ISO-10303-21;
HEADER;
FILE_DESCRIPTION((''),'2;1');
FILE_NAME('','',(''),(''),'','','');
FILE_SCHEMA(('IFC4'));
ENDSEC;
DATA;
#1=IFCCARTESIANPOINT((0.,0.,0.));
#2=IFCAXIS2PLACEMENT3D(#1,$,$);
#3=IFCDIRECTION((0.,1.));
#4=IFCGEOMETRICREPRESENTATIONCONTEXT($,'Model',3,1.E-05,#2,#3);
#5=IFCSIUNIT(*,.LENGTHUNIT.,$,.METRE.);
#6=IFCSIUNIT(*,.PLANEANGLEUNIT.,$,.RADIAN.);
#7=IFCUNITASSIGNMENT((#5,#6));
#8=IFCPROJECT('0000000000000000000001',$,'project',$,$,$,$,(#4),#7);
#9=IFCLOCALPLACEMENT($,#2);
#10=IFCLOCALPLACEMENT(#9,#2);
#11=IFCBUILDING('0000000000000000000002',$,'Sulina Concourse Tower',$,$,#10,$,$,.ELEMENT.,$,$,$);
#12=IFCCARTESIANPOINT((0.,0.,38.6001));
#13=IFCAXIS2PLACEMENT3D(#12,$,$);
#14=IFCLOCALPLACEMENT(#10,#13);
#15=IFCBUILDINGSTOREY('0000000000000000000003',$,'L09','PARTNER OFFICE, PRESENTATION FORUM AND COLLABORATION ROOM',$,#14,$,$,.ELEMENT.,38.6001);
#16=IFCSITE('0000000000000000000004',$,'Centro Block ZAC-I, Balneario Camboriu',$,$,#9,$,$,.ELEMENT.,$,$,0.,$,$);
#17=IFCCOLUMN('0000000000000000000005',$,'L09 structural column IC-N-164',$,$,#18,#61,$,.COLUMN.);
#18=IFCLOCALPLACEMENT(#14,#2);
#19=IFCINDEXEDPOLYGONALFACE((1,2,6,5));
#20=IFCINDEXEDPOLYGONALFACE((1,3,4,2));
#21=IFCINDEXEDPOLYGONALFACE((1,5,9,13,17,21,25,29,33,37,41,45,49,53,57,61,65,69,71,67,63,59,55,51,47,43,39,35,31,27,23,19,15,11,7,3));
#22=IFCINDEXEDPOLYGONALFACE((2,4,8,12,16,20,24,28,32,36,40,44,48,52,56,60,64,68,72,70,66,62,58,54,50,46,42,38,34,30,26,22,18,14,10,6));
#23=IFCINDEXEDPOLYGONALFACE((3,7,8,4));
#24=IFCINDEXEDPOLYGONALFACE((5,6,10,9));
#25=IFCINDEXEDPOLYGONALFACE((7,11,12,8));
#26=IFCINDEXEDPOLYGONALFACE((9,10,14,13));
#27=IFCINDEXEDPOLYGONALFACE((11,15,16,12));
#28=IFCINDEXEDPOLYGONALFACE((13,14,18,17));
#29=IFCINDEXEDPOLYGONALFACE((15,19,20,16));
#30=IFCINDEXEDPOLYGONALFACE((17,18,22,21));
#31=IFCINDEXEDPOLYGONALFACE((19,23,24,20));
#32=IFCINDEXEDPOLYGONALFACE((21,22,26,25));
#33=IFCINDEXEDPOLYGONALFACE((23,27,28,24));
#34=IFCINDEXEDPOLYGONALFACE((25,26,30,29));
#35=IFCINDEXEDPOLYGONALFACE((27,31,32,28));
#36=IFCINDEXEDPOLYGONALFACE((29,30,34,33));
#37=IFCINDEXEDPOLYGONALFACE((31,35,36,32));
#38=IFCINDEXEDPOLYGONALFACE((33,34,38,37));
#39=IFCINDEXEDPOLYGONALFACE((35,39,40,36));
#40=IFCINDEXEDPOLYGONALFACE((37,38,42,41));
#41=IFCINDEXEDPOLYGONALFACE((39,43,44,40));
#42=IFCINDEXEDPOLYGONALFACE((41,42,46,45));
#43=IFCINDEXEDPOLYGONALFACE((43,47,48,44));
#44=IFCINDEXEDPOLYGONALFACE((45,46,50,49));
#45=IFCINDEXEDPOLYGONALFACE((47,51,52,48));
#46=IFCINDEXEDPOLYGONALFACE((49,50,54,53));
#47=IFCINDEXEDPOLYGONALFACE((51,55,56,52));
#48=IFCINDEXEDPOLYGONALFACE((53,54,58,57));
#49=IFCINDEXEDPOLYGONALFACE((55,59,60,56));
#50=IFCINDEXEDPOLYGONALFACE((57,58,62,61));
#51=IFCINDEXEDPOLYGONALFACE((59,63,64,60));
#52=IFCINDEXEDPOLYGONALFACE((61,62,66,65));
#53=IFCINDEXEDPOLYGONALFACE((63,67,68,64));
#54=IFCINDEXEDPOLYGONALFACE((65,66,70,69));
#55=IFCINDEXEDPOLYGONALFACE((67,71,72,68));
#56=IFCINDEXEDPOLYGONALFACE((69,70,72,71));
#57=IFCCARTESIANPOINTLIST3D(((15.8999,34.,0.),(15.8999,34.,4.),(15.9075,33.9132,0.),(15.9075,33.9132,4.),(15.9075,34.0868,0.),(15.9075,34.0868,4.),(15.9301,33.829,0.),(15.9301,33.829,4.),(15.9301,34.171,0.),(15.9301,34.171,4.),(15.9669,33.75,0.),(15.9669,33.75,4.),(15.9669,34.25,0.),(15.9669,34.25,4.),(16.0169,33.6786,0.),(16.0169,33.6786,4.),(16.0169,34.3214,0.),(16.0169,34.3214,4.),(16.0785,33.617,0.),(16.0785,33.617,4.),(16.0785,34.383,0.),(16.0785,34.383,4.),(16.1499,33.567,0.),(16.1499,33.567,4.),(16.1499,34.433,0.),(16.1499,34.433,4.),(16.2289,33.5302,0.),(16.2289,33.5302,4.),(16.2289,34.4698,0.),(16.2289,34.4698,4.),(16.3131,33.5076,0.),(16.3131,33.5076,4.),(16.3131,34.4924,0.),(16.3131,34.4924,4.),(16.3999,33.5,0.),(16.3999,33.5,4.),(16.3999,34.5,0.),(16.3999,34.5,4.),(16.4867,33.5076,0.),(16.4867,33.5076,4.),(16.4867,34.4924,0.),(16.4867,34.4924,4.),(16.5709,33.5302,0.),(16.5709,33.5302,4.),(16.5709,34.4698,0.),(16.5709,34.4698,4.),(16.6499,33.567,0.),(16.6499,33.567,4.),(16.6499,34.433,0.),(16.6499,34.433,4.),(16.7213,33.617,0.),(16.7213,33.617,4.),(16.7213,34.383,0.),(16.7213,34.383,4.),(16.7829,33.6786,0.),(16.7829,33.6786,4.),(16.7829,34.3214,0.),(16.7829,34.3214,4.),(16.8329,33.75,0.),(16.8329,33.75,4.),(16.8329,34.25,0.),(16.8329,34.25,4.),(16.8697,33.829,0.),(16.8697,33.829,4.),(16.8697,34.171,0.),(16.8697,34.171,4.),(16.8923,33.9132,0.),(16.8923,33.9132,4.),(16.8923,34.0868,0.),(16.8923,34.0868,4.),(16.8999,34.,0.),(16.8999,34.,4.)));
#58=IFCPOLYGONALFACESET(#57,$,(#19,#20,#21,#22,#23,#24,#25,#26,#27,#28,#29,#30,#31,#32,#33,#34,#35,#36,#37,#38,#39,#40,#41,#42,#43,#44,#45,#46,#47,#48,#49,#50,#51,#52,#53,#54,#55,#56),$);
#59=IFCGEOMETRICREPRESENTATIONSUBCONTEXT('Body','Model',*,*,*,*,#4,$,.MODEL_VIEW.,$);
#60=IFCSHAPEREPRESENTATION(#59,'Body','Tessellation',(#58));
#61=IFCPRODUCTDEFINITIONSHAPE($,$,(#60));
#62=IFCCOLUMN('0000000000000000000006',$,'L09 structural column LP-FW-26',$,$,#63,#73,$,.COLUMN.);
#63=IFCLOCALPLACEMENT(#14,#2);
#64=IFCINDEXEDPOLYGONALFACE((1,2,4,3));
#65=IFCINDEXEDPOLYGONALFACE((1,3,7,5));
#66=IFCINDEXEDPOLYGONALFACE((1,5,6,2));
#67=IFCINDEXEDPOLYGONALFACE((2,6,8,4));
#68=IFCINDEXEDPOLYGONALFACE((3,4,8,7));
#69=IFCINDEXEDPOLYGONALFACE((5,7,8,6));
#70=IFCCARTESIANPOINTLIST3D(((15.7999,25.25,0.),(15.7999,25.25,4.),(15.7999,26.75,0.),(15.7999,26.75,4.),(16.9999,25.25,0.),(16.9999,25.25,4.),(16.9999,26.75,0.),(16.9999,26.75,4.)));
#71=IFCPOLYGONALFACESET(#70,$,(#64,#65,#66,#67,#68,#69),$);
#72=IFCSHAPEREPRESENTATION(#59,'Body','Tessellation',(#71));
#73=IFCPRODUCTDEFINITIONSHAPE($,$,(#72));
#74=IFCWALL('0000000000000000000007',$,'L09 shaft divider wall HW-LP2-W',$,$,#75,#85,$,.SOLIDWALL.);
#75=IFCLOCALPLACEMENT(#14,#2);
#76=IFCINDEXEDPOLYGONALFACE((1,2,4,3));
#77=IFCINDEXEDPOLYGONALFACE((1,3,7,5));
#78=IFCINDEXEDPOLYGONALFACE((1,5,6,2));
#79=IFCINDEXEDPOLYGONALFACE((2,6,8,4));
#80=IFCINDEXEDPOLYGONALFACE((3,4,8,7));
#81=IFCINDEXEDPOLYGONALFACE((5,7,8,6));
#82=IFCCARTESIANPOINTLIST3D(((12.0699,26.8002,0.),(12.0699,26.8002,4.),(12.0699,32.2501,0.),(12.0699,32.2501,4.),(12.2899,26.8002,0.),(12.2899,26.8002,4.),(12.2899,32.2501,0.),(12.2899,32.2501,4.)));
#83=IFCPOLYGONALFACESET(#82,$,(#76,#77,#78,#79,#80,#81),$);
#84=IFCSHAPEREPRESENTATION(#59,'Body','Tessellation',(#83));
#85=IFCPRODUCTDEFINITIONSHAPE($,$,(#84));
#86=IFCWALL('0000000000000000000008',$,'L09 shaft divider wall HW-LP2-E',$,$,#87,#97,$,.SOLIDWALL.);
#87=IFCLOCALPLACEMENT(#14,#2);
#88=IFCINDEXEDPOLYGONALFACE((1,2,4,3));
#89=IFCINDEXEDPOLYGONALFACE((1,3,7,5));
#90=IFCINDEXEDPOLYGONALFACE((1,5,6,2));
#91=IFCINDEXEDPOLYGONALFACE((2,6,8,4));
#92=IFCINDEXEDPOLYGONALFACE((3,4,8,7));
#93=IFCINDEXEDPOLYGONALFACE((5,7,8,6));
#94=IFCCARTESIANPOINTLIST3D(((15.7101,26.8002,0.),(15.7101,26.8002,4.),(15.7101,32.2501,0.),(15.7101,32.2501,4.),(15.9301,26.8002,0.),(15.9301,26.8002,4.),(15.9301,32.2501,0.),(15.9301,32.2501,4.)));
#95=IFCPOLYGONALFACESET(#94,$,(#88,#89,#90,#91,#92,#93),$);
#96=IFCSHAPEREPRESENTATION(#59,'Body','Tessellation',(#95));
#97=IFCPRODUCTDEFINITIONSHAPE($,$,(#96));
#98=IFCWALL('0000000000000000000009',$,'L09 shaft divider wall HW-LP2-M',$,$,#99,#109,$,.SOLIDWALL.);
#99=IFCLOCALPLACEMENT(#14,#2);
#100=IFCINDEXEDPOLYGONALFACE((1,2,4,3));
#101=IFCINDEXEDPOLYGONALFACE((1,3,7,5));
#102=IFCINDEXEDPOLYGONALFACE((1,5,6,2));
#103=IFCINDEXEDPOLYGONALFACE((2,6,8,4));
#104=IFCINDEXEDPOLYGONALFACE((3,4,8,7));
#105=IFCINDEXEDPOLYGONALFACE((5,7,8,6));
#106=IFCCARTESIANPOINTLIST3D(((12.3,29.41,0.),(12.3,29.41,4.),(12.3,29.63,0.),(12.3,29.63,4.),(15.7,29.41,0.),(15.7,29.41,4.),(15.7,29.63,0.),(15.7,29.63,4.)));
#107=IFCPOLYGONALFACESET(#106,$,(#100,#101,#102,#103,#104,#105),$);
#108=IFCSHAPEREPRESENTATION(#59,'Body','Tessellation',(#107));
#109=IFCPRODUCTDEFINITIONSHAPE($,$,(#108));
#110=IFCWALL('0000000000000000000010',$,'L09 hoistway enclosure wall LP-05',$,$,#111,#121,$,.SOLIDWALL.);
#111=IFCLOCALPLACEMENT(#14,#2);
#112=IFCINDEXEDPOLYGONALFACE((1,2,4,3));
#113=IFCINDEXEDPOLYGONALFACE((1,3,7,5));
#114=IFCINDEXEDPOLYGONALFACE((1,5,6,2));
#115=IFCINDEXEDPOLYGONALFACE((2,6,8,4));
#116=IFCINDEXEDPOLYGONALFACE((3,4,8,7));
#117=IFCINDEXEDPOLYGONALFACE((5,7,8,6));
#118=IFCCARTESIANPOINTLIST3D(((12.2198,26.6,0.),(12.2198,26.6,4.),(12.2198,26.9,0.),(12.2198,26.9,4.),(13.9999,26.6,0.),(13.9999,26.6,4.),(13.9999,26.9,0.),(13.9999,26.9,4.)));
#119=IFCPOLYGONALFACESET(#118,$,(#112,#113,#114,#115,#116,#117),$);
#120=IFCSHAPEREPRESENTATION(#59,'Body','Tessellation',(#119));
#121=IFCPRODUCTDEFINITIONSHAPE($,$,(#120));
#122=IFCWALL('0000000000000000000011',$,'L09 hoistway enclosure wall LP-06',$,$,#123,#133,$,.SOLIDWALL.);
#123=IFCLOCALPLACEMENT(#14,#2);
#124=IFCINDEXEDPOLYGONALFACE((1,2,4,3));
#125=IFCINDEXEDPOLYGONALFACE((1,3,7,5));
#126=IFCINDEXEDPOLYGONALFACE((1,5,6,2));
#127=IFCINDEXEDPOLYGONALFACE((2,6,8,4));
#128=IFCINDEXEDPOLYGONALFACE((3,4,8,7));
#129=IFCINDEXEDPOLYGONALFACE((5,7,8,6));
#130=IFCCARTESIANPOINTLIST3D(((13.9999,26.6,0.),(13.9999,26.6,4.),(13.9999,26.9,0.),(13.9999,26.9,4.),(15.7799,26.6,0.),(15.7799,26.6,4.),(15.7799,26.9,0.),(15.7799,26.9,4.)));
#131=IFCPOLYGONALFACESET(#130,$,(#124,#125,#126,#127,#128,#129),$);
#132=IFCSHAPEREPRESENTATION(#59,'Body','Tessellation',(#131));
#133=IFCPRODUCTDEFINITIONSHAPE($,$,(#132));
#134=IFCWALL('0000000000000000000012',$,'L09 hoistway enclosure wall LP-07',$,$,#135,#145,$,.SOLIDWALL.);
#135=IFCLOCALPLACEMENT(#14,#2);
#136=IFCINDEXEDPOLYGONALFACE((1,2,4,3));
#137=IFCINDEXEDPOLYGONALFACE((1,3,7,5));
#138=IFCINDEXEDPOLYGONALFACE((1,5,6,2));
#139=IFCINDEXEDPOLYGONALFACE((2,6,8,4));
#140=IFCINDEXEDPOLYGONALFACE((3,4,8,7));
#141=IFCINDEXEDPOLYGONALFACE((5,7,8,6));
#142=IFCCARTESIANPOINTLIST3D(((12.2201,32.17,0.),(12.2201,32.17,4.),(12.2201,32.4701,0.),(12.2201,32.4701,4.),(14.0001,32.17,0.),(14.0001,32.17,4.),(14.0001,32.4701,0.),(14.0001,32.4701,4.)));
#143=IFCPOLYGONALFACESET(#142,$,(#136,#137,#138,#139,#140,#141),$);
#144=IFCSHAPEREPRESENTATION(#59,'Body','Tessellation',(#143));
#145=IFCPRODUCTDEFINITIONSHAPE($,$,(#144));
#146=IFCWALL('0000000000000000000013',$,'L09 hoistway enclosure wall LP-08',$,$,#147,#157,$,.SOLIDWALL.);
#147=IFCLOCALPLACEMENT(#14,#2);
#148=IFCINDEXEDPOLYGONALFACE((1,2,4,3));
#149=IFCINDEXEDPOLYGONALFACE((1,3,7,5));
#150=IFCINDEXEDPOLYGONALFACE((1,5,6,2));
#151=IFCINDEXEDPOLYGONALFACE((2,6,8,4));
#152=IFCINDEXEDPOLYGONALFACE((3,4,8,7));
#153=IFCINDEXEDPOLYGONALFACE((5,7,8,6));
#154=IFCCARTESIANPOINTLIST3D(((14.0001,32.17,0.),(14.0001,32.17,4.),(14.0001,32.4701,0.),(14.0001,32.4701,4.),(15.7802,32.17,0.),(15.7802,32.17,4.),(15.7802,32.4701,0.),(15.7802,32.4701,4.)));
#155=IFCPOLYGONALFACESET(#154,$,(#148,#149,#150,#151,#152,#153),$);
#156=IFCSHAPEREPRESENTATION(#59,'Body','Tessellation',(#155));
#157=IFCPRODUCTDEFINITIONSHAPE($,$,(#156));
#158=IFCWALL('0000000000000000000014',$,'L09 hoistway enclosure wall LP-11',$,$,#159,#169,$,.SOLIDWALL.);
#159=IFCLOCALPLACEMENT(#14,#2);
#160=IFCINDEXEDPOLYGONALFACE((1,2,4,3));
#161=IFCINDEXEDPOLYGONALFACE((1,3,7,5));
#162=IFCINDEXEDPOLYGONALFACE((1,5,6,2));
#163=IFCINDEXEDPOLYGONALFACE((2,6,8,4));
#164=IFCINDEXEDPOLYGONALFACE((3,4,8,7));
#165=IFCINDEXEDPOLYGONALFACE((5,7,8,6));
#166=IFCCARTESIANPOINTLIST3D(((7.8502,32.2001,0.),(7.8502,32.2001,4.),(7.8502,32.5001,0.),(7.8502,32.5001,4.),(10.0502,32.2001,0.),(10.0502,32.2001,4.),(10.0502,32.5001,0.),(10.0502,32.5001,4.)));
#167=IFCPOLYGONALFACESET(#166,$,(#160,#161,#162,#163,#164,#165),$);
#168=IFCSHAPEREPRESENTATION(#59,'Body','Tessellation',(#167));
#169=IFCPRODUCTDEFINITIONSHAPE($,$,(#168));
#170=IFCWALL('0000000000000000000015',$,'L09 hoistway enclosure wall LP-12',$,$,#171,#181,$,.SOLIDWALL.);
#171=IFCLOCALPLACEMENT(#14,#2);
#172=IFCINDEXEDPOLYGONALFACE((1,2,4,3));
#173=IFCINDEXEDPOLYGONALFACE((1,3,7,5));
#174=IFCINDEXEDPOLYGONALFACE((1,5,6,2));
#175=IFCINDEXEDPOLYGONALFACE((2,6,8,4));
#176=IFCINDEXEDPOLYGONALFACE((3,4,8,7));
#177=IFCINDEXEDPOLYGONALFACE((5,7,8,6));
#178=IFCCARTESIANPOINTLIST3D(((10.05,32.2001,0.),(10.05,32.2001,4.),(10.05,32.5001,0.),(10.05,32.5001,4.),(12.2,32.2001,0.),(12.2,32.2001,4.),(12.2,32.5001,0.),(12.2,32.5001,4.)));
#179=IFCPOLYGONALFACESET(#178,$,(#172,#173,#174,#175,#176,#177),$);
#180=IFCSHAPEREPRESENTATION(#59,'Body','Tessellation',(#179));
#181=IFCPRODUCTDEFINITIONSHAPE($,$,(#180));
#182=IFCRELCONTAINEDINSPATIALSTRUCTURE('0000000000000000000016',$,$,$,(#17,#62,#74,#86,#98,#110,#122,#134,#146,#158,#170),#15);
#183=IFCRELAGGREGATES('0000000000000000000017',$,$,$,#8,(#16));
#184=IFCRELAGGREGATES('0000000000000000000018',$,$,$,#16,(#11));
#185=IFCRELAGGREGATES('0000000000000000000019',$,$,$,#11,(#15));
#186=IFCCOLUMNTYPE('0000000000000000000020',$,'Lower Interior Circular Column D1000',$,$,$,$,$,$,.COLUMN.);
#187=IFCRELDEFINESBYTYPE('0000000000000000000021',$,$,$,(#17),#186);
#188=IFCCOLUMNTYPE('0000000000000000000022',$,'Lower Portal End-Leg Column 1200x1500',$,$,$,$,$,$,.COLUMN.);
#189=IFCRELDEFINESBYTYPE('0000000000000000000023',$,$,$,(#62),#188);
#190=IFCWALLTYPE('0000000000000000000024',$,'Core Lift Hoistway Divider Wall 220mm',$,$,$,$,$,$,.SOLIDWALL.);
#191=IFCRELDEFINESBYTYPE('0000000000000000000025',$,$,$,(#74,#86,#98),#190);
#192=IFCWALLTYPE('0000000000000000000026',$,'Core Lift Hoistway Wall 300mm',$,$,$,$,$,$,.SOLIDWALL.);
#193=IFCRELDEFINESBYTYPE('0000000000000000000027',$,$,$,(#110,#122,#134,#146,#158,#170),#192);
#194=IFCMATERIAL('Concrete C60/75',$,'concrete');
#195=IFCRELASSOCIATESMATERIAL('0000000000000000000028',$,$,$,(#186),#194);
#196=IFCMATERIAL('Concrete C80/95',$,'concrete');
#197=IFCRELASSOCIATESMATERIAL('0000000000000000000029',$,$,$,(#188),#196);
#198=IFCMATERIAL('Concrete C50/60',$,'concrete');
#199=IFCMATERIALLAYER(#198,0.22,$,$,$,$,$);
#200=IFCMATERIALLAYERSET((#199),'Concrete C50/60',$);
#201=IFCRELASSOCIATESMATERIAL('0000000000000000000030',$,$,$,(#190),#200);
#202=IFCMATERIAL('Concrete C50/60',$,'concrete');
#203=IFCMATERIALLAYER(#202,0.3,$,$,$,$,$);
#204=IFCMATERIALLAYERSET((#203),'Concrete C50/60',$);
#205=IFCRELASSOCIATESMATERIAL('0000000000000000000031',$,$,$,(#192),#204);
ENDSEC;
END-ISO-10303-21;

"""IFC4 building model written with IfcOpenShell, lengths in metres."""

from ifc_helpers import new_model, si_unit, direction, frame, frame_2d, origin, origin_2d, place, context, subcontext, project, spatial, rectangle, circle, extrude, material, layer, layer_set, material_profile, profile_set, type_object, element, save


model = new_model("IFC4")

# Units and contexts
model_context = context("Model", 3, precision=1e-05, world=origin(), true_north=direction((0.0, 1.0)))
body_context = subcontext(model_context, "Body", "Model", "MODEL_VIEW")
ifc_project = project(units=[si_unit("LENGTHUNIT", "METRE"), si_unit("PLANEANGLEUNIT", "RADIAN")], contexts=[model_context])

# Site, building, storey
site_placement = place(None, origin())
site = spatial("IfcSite", under=ifc_project, at=site_placement, Name="Centro Block ZAC-I, Balneario Camboriu", CompositionType="ELEMENT", RefElevation=0.0)
building_placement = place(site_placement, origin())
building = spatial("IfcBuilding", under=site, at=building_placement, Name="Sulina Concourse Tower", CompositionType="ELEMENT")
storey_placement = place(building_placement, frame((0.0, 0.0, 38.6001)))
storey = spatial("IfcBuildingStorey", under=building, at=storey_placement, Name="L09", Description="PARTNER OFFICE, PRESENTATION FORUM AND COLLABORATION ROOM", CompositionType="ELEMENT", Elevation=38.6001)

# Columns
ifc_material_1 = material(Name="Concrete C60/75", Category="concrete")
ifc_material_profile_1 = material_profile(ifc_material_1, circle(Radius=0.5, at=origin_2d()), Name="RC D1000")
ifc_profile_set_1 = profile_set([ifc_material_profile_1], Name="Concrete C60/75")
column_type_1 = type_object("IfcColumnType", Name="Lower Interior Circular Column D1000", PredefinedType="COLUMN", material=ifc_profile_set_1)
column_1_placement = place(storey_placement, frame((16.3999, 34.0, 0.0), z_axis=(0.0, 0.0, 1.0), x_axis=(1.0, 0.0, 0.0)))
element("IfcColumn", 1, at=column_1_placement, inside=storey, type_object=column_type_1, Name="L09 structural column IC-N-164", PredefinedType="COLUMN", context=body_context, shape_type="SweptSolid", body=[
    extrude(circle(Radius=0.5, at=origin_2d()), origin(), (0.0, 0.0, 1.0), 4.0),
])
ifc_material_2 = material(Name="Concrete C80/95", Category="concrete")
ifc_material_profile_2 = material_profile(ifc_material_2, rectangle(XDim=1.2, YDim=1.5, at=origin_2d()), Name="RC 1200x1500")
ifc_profile_set_2 = profile_set([ifc_material_profile_2], Name="Concrete C80/95")
column_type_2 = type_object("IfcColumnType", Name="Lower Portal End-Leg Column 1200x1500", PredefinedType="COLUMN", material=ifc_profile_set_2)
column_2_placement = place(storey_placement, frame((16.3999, 26.0, 0.0), z_axis=(0.0, 0.0, 1.0), x_axis=(1.0, 0.0, 0.0)))
element("IfcColumn", 2, at=column_2_placement, inside=storey, type_object=column_type_2, Name="L09 structural column LP-FW-26", PredefinedType="COLUMN", context=body_context, shape_type="SweptSolid", body=[
    extrude(rectangle(XDim=1.2, YDim=1.5, at=origin_2d()), origin(), (0.0, 0.0, 1.0), 4.0),
])

# Walls
ifc_material_3 = material(Name="Concrete C50/60", Category="concrete")
ifc_layer_1 = layer(ifc_material_3, 0.22)
ifc_layer_set_1 = layer_set([ifc_layer_1], Name="Concrete C50/60")
wall_type_1 = type_object("IfcWallType", Name="Core Lift Hoistway Divider Wall 220mm", PredefinedType="SOLIDWALL", material=ifc_layer_set_1)
for number, where, z_axis, x_axis, name in (
    (3, (12.1799, 26.8, 0.0), (0.0, 0.0, 1.0), (0.0, 1.0, 0.0), "L09 shaft divider wall HW-LP2-W"),
    (4, (15.8201, 26.8, 0.0), (0.0, 0.0, 1.0), (0.0, 1.0, 0.0), "L09 shaft divider wall HW-LP2-E"),
):
    element("IfcWall", number, at=place(storey_placement, frame(where, z_axis=z_axis, x_axis=x_axis)), inside=storey, type_object=wall_type_1, Name=name, PredefinedType="SOLIDWALL", context=body_context, shape_type="SweptSolid", body=[
        extrude(rectangle(XDim=5.45, YDim=0.22, at=frame_2d((2.7251, 0.0))), origin(), (0.0, 0.0, 1.0), 4.0),
    ])
wall_1_placement = place(storey_placement, frame((12.3, 29.52, 0.0), z_axis=(0.0, 0.0, 1.0), x_axis=(1.0, 0.0, 0.0)))
element("IfcWall", 5, at=wall_1_placement, inside=storey, type_object=wall_type_1, Name="L09 shaft divider wall HW-LP2-M", PredefinedType="SOLIDWALL", context=body_context, shape_type="SweptSolid", body=[
    extrude(rectangle(XDim=3.3999, YDim=0.22, at=frame_2d((1.7, 0.0))), origin(), (0.0, 0.0, 1.0), 4.0),
])
ifc_material_4 = material(Name="Concrete C50/60", Category="concrete")
ifc_layer_2 = layer(ifc_material_4, 0.3)
ifc_layer_set_2 = layer_set([ifc_layer_2], Name="Concrete C50/60")
wall_type_2 = type_object("IfcWallType", Name="Core Lift Hoistway Wall 300mm", PredefinedType="SOLIDWALL", material=ifc_layer_set_2)
for number, where, z_axis, x_axis, name in (
    (6, (14.0, 26.75, 0.0), (0.0, 0.0, 1.0), (-1.0, 0.0, 0.0), "L09 hoistway enclosure wall LP-05"),
    (7, (15.78, 26.75, 0.0), (0.0, 0.0, 1.0), (-1.0, 0.0, 0.0), "L09 hoistway enclosure wall LP-06"),
    (8, (12.22, 32.3201, 0.0), (0.0, 0.0, 1.0), (1.0, 0.0, 0.0), "L09 hoistway enclosure wall LP-07"),
    (9, (14.0, 32.3201, 0.0), (0.0, 0.0, 1.0), (1.0, 0.0, 0.0), "L09 hoistway enclosure wall LP-08"),
):
    element("IfcWall", number, at=place(storey_placement, frame(where, z_axis=z_axis, x_axis=x_axis)), inside=storey, type_object=wall_type_2, Name=name, PredefinedType="SOLIDWALL", context=body_context, shape_type="SweptSolid", body=[
        extrude(rectangle(XDim=1.78, YDim=0.3, at=frame_2d((0.8901, 0.0))), origin(), (0.0, 0.0, 1.0), 4.0),
    ])
wall_2_placement = place(storey_placement, frame((7.8501, 32.3501, 0.0), z_axis=(0.0, 0.0, 1.0), x_axis=(1.0, 0.0, 0.0)))
element("IfcWall", 10, at=wall_2_placement, inside=storey, type_object=wall_type_2, Name="L09 hoistway enclosure wall LP-11", PredefinedType="SOLIDWALL", context=body_context, shape_type="SweptSolid", body=[
    extrude(rectangle(XDim=2.2, YDim=0.3, at=frame_2d((1.1001, 0.0))), origin(), (0.0, 0.0, 1.0), 4.0),
])
wall_3_placement = place(storey_placement, frame((10.05, 32.3501, 0.0), z_axis=(0.0, 0.0, 1.0), x_axis=(1.0, 0.0, 0.0)))
element("IfcWall", 11, at=wall_3_placement, inside=storey, type_object=wall_type_2, Name="L09 hoistway enclosure wall LP-12", PredefinedType="SOLIDWALL", context=body_context, shape_type="SweptSolid", body=[
    extrude(rectangle(XDim=2.1499, YDim=0.3, at=frame_2d((1.075, 0.0))), origin(), (0.0, 0.0, 1.0), 4.0),
])

save(model, "model.ifc")
